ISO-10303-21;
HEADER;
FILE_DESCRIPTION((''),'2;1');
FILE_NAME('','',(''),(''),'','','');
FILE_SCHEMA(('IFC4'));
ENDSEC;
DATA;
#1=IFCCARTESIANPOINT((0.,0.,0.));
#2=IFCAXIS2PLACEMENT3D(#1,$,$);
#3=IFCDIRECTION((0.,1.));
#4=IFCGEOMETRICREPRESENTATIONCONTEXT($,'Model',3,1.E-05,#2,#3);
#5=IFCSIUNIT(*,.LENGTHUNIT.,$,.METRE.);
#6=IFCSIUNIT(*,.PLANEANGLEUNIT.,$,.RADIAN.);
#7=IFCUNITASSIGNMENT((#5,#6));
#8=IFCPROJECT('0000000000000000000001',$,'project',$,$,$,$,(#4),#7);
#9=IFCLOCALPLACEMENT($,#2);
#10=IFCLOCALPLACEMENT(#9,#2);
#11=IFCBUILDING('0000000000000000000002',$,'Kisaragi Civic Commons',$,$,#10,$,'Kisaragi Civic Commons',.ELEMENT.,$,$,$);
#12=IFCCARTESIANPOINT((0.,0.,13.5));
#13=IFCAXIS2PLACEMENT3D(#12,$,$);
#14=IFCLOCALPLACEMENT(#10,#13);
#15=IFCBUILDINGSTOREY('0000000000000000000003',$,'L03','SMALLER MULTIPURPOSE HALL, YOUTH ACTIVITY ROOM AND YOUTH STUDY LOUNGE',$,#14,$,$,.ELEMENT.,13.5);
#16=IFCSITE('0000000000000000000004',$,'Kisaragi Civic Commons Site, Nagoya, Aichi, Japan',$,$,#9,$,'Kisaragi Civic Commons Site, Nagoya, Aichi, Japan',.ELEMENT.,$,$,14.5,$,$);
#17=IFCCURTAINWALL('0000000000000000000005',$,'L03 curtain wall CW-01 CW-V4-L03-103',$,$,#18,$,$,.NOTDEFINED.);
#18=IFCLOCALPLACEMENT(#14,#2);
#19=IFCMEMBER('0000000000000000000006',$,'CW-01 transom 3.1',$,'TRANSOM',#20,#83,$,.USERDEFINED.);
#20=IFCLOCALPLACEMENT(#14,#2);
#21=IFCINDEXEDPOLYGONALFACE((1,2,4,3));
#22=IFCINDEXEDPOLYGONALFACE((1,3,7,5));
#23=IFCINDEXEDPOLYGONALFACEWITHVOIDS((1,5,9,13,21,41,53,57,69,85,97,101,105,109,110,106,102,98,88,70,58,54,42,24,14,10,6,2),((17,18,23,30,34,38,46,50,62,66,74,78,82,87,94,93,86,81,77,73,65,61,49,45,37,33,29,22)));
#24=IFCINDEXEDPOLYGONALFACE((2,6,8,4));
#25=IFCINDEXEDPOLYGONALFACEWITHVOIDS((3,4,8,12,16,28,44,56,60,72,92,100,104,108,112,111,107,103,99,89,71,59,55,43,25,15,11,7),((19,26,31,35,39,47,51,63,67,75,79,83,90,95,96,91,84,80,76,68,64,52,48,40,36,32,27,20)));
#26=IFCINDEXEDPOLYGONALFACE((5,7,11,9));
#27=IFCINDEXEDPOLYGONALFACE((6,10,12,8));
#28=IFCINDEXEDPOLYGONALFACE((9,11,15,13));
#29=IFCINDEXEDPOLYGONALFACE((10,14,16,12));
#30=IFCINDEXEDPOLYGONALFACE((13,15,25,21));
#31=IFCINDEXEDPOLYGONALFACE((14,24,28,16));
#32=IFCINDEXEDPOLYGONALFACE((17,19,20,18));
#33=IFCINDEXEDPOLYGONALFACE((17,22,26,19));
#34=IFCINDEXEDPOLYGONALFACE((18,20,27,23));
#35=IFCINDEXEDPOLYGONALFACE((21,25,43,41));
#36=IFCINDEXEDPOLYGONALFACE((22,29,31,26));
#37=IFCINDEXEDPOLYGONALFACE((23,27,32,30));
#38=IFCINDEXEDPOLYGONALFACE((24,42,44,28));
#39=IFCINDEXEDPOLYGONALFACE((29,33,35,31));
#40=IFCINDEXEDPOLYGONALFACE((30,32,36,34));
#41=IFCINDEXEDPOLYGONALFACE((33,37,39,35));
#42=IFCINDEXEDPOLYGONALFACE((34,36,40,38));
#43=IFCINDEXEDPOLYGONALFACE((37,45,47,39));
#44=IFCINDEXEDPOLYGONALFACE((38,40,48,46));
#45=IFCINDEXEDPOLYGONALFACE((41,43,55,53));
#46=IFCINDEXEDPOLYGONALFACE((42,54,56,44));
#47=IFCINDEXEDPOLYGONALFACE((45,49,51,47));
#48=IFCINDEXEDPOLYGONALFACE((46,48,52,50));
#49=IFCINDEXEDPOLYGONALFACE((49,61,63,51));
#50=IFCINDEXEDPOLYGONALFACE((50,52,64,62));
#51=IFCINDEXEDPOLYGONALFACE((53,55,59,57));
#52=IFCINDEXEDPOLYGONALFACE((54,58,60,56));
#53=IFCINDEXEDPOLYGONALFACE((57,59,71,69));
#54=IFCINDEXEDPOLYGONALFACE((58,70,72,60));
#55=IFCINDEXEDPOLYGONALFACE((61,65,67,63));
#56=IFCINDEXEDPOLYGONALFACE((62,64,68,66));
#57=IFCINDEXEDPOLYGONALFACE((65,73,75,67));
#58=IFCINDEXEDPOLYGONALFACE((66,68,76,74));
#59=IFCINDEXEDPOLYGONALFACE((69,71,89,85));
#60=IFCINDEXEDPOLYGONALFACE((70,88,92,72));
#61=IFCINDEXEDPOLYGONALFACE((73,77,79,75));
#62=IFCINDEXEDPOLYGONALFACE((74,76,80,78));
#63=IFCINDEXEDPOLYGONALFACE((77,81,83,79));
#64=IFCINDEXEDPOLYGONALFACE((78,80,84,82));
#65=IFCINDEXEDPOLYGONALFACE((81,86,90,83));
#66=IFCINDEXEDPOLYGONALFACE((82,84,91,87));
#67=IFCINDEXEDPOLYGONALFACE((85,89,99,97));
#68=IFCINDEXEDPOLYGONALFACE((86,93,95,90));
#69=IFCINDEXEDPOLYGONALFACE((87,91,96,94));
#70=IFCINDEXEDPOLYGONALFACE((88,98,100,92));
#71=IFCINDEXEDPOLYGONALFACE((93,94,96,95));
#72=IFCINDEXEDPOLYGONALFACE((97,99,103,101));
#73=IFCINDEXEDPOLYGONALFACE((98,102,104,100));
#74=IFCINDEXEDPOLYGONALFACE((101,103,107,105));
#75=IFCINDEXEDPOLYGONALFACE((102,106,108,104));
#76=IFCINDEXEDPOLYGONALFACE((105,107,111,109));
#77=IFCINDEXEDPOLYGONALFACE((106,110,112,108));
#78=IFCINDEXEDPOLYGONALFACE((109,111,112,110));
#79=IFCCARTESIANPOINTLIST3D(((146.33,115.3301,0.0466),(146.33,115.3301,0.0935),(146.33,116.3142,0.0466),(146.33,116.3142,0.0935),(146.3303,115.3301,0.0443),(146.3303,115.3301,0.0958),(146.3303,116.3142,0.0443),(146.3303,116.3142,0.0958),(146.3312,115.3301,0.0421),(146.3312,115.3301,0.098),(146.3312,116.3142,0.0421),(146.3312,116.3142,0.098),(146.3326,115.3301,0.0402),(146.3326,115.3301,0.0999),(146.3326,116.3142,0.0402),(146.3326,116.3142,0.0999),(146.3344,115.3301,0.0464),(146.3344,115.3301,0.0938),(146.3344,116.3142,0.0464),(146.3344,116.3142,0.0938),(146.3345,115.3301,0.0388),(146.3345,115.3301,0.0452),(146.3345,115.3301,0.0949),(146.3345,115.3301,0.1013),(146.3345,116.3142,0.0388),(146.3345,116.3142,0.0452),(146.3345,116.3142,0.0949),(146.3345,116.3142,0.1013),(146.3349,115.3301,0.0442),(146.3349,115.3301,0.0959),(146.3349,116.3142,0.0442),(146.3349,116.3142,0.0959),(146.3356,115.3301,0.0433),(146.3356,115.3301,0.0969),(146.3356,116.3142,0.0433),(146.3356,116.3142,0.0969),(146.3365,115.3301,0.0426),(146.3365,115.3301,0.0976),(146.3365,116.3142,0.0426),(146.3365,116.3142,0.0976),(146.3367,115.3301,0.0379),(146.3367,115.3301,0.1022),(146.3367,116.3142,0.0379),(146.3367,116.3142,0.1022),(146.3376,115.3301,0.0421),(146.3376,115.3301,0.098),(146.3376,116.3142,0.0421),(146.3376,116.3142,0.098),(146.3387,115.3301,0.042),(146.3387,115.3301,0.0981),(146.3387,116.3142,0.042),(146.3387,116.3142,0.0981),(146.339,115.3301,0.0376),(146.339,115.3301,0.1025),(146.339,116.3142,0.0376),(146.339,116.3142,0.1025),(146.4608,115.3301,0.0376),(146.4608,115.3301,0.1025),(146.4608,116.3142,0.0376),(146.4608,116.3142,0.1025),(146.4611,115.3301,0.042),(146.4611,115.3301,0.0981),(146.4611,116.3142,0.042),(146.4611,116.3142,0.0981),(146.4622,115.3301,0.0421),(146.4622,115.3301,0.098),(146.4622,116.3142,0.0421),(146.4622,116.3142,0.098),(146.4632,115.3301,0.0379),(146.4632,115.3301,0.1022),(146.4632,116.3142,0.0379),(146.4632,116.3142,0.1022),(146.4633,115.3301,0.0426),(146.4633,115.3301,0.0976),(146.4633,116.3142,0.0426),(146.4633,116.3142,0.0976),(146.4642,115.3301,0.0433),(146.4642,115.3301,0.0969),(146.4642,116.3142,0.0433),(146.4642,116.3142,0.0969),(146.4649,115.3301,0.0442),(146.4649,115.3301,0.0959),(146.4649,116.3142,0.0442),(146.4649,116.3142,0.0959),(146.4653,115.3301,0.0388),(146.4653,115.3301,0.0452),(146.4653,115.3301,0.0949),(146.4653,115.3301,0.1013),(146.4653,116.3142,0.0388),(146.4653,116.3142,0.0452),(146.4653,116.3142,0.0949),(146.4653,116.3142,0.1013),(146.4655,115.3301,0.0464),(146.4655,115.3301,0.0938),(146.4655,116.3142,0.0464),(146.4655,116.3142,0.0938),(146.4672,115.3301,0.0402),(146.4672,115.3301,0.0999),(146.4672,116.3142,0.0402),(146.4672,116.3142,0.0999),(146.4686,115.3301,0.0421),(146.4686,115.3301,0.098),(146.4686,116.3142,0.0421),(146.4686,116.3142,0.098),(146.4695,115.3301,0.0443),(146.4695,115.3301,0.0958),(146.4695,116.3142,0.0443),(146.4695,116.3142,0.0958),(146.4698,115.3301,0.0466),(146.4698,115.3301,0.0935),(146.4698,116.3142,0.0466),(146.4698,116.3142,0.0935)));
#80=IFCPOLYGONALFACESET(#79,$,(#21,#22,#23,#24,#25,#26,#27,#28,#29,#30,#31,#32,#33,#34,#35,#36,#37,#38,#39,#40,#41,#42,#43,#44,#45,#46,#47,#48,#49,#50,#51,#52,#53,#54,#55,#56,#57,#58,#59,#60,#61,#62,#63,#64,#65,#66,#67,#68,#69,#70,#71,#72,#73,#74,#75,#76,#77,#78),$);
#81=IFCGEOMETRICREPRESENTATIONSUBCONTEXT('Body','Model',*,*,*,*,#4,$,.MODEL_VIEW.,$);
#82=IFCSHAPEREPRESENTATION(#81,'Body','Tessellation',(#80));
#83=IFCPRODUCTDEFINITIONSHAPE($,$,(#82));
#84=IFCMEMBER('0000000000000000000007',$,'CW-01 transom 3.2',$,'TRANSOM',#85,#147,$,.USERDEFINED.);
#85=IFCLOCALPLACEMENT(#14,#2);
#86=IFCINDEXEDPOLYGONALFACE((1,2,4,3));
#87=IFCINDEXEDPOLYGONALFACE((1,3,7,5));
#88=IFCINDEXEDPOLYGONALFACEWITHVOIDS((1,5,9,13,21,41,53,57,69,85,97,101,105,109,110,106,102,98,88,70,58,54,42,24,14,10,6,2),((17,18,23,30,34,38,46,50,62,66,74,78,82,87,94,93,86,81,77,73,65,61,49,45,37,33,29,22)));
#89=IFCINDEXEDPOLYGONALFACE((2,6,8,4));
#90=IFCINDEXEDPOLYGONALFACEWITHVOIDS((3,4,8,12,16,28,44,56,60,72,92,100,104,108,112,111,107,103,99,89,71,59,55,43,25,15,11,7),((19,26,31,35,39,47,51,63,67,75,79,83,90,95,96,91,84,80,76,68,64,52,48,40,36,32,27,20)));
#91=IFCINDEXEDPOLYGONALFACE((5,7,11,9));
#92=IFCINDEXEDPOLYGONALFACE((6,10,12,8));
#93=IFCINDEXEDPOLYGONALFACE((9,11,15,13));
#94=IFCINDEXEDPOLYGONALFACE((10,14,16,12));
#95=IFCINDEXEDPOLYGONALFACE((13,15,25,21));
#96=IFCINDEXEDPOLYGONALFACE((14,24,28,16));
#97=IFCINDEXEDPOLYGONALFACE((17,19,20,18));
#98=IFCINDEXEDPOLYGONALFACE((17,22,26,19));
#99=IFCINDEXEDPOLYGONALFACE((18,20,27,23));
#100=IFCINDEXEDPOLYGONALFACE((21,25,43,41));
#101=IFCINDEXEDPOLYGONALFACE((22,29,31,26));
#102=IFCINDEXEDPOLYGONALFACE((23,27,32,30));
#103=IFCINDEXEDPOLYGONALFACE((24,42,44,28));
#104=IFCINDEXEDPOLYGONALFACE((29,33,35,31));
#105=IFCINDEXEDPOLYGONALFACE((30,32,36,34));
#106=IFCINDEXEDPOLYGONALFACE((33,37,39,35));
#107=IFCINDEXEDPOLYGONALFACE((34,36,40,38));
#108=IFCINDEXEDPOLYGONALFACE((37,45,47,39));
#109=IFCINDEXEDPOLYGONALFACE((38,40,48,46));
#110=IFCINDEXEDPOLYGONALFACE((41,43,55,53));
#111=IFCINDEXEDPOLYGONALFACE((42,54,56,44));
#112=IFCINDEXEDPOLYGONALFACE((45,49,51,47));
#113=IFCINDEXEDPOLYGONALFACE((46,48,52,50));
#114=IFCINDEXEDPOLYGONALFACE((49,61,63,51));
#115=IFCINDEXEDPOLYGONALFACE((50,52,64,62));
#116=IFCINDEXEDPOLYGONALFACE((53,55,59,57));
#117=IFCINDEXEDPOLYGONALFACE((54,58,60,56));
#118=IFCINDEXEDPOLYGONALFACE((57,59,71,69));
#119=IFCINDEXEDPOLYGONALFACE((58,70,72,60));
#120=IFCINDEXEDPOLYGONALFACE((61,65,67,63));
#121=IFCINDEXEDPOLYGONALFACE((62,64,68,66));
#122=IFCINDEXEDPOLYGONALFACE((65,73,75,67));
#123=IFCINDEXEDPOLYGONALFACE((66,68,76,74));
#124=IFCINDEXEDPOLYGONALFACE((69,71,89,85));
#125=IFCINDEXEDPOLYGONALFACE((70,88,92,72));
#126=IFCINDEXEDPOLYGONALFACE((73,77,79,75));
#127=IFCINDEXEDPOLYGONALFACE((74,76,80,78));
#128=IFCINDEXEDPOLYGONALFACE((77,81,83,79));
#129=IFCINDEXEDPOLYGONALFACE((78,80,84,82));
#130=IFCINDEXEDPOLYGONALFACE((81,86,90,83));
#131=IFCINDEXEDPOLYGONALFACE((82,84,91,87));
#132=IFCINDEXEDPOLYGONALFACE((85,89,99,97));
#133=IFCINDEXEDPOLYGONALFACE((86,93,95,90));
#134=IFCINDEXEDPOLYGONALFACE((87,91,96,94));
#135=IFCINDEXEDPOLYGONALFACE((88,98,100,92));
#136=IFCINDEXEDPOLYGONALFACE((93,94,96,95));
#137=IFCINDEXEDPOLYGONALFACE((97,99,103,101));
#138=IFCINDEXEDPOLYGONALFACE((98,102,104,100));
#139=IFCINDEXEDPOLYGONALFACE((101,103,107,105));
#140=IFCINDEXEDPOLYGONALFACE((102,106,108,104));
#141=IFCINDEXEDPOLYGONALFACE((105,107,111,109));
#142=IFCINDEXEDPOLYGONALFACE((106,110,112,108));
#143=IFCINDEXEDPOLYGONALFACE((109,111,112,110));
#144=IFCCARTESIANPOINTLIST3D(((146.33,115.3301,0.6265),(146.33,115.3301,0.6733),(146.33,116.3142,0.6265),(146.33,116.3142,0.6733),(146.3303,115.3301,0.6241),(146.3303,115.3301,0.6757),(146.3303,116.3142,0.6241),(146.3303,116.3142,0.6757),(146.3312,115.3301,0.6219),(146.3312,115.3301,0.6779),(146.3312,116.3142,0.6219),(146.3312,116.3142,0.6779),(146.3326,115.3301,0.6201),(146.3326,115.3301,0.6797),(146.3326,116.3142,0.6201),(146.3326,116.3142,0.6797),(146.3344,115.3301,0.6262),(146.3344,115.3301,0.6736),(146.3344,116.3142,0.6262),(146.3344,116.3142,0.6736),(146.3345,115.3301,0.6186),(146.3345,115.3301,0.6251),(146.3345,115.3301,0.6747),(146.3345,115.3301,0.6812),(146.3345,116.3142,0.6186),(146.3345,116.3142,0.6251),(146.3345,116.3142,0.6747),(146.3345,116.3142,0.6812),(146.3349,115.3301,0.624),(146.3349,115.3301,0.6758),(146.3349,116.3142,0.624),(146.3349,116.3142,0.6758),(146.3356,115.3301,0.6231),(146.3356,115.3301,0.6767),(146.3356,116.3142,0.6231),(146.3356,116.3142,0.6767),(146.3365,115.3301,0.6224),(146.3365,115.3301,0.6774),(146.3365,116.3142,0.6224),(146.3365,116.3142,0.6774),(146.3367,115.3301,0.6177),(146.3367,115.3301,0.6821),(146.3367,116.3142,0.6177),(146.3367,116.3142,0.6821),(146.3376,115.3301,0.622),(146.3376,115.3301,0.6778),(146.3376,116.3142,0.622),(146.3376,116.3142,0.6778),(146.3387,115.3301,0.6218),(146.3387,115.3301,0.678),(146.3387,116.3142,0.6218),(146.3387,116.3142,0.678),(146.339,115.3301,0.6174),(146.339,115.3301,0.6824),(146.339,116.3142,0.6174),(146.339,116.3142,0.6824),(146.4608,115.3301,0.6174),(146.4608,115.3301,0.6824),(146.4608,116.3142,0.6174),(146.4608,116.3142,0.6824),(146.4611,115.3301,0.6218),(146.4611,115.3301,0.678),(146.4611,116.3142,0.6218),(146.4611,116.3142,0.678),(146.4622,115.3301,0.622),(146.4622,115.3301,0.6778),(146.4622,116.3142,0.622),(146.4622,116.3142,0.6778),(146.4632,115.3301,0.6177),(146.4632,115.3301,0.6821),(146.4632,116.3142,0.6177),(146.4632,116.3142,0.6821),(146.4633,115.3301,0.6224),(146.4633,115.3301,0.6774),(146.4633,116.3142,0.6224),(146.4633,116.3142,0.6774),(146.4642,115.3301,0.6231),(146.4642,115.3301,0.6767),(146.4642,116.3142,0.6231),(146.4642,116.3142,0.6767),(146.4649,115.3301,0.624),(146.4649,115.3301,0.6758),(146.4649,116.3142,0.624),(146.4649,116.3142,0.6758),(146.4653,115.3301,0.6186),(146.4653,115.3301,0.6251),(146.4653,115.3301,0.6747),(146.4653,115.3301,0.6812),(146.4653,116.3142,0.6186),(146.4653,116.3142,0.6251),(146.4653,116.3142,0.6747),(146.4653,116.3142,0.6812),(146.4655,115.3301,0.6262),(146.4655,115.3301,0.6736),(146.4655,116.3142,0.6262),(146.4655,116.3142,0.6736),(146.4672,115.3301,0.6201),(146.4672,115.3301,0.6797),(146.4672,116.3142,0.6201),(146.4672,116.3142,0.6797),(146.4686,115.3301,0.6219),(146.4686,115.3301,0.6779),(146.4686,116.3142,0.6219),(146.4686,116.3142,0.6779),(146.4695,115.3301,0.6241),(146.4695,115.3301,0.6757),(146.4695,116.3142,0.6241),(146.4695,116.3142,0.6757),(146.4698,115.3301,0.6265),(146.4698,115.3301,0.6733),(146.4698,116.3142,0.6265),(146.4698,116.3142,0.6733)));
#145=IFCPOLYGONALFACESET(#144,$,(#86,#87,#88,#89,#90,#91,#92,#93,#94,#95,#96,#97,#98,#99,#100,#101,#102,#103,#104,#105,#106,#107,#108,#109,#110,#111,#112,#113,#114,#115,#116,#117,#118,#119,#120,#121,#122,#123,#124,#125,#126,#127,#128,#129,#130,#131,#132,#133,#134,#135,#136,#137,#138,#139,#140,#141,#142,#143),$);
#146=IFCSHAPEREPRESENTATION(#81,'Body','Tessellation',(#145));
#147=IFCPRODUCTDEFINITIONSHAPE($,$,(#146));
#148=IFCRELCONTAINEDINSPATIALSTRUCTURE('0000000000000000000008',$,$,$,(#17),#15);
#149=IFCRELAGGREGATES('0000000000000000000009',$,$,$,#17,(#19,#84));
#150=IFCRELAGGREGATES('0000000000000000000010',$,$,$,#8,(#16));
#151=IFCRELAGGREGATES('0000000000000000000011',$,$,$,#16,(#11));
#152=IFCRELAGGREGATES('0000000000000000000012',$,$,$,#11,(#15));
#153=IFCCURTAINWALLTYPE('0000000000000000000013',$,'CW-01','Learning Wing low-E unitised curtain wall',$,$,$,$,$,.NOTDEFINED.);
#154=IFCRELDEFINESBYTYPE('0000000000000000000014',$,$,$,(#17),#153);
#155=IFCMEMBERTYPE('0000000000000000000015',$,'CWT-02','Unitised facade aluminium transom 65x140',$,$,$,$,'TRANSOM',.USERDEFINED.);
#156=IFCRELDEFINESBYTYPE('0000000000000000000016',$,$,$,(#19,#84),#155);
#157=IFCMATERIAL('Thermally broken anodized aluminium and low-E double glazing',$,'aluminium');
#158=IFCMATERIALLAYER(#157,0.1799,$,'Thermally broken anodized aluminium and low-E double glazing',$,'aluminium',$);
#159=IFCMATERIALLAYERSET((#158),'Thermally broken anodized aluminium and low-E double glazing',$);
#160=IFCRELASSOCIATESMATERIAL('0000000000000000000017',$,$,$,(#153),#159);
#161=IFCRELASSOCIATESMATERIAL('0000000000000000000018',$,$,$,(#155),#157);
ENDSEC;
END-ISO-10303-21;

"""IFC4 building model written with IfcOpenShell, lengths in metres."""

from ifc_helpers import new_model, si_unit, direction, frame, origin, origin_2d, place, context, subcontext, project, spatial, hollow_rectangle, extrude, material, layer, layer_set, material_profile, profile_set, type_object, element, aggregate, save


model = new_model("IFC4")

# Units and contexts
model_context = context("Model", 3, precision=1e-05, world=origin(), true_north=direction((0.0, 1.0)))
body_context = subcontext(model_context, "Body", "Model", "MODEL_VIEW")
ifc_project = project(units=[si_unit("LENGTHUNIT", "METRE"), si_unit("PLANEANGLEUNIT", "RADIAN")], contexts=[model_context])

# Site, building, storey
site_placement = place(None, origin())
site = spatial("IfcSite", under=ifc_project, at=site_placement, Name="Kisaragi Civic Commons Site, Nagoya, Aichi, Japan", LongName="Kisaragi Civic Commons Site, Nagoya, Aichi, Japan", CompositionType="ELEMENT", RefElevation=14.5)
building_placement = place(site_placement, origin())
building = spatial("IfcBuilding", under=site, at=building_placement, Name="Kisaragi Civic Commons", LongName="Kisaragi Civic Commons", CompositionType="ELEMENT")
storey_placement = place(building_placement, frame((0.0, 0.0, 13.5)))
storey = spatial("IfcBuildingStorey", under=building, at=storey_placement, Name="L03", Description="SMALLER MULTIPURPOSE HALL, YOUTH ACTIVITY ROOM AND YOUTH STUDY LOUNGE", CompositionType="ELEMENT", Elevation=13.5)

# Curtain wall
ifc_material = material(Name="Thermally broken anodized aluminium and low-E double glazing", Category="aluminium")
ifc_layer_1 = layer(ifc_material, 0.1799, Name="Thermally broken anodized aluminium and low-E double glazing", Category="aluminium")
ifc_layer_set_1 = layer_set([ifc_layer_1], Name="Thermally broken anodized aluminium and low-E double glazing")
curtain_wall_type = type_object("IfcCurtainWallType", Name="CW-01", Description="Learning Wing low-E unitised curtain wall", PredefinedType="NOTDEFINED", material=ifc_layer_set_1)
curtain_wall_1_placement = place(storey_placement, origin())
curtain_wall_1 = element("IfcCurtainWall", 1, at=curtain_wall_1_placement, inside=storey, type_object=curtain_wall_type, Name="L03 curtain wall CW-01 CW-V4-L03-103", PredefinedType="NOTDEFINED")

# Members
ifc_material_profile_1 = material_profile(ifc_material, hollow_rectangle(XDim=0.1399, YDim=0.0649, WallThickness=0.0044, InnerFilletRadius=0.0044, OuterFilletRadius=0.009, at=origin_2d()), Name="CWT-65x140x4.5", Category="aluminium")
ifc_profile_set_1 = profile_set([ifc_material_profile_1], Name="Thermally broken anodized aluminium and low-E double glazing")
member_type_1 = type_object("IfcMemberType", Name="CWT-02", Description="Unitised facade aluminium transom 65x140", ElementType="TRANSOM", PredefinedType="USERDEFINED", material=ifc_profile_set_1)
member_1_placement = place(storey_placement, frame((146.3999, 116.3142, 0.0701), z_axis=(0.0, -1.0, 0.0), x_axis=(1.0, 0.0, 0.0)))
member_1 = element("IfcMember", 2, at=member_1_placement, type_object=member_type_1, Name="CW-01 transom 3.1", ObjectType="TRANSOM", PredefinedType="USERDEFINED", context=body_context, shape_type="SweptSolid", body=[
    extrude(hollow_rectangle(XDim=0.1399, YDim=0.0649, WallThickness=0.0044, InnerFilletRadius=0.0044, OuterFilletRadius=0.009, at=origin_2d()), origin(), (0.0, 0.0, 1.0), 0.9841),
])
member_2_placement = place(storey_placement, frame((146.3999, 116.3142, 0.6499), z_axis=(0.0, -1.0, 0.0), x_axis=(1.0, 0.0, 0.0)))
member_2 = element("IfcMember", 3, at=member_2_placement, type_object=member_type_1, Name="CW-01 transom 3.2", ObjectType="TRANSOM", PredefinedType="USERDEFINED", context=body_context, shape_type="SweptSolid", body=[
    extrude(hollow_rectangle(XDim=0.1399, YDim=0.0649, WallThickness=0.0044, InnerFilletRadius=0.0044, OuterFilletRadius=0.009, at=origin_2d()), origin(), (0.0, 0.0, 1.0), 0.9841),
])

aggregate(curtain_wall_1, [member_1, member_2])

save(model, "model.ifc")
